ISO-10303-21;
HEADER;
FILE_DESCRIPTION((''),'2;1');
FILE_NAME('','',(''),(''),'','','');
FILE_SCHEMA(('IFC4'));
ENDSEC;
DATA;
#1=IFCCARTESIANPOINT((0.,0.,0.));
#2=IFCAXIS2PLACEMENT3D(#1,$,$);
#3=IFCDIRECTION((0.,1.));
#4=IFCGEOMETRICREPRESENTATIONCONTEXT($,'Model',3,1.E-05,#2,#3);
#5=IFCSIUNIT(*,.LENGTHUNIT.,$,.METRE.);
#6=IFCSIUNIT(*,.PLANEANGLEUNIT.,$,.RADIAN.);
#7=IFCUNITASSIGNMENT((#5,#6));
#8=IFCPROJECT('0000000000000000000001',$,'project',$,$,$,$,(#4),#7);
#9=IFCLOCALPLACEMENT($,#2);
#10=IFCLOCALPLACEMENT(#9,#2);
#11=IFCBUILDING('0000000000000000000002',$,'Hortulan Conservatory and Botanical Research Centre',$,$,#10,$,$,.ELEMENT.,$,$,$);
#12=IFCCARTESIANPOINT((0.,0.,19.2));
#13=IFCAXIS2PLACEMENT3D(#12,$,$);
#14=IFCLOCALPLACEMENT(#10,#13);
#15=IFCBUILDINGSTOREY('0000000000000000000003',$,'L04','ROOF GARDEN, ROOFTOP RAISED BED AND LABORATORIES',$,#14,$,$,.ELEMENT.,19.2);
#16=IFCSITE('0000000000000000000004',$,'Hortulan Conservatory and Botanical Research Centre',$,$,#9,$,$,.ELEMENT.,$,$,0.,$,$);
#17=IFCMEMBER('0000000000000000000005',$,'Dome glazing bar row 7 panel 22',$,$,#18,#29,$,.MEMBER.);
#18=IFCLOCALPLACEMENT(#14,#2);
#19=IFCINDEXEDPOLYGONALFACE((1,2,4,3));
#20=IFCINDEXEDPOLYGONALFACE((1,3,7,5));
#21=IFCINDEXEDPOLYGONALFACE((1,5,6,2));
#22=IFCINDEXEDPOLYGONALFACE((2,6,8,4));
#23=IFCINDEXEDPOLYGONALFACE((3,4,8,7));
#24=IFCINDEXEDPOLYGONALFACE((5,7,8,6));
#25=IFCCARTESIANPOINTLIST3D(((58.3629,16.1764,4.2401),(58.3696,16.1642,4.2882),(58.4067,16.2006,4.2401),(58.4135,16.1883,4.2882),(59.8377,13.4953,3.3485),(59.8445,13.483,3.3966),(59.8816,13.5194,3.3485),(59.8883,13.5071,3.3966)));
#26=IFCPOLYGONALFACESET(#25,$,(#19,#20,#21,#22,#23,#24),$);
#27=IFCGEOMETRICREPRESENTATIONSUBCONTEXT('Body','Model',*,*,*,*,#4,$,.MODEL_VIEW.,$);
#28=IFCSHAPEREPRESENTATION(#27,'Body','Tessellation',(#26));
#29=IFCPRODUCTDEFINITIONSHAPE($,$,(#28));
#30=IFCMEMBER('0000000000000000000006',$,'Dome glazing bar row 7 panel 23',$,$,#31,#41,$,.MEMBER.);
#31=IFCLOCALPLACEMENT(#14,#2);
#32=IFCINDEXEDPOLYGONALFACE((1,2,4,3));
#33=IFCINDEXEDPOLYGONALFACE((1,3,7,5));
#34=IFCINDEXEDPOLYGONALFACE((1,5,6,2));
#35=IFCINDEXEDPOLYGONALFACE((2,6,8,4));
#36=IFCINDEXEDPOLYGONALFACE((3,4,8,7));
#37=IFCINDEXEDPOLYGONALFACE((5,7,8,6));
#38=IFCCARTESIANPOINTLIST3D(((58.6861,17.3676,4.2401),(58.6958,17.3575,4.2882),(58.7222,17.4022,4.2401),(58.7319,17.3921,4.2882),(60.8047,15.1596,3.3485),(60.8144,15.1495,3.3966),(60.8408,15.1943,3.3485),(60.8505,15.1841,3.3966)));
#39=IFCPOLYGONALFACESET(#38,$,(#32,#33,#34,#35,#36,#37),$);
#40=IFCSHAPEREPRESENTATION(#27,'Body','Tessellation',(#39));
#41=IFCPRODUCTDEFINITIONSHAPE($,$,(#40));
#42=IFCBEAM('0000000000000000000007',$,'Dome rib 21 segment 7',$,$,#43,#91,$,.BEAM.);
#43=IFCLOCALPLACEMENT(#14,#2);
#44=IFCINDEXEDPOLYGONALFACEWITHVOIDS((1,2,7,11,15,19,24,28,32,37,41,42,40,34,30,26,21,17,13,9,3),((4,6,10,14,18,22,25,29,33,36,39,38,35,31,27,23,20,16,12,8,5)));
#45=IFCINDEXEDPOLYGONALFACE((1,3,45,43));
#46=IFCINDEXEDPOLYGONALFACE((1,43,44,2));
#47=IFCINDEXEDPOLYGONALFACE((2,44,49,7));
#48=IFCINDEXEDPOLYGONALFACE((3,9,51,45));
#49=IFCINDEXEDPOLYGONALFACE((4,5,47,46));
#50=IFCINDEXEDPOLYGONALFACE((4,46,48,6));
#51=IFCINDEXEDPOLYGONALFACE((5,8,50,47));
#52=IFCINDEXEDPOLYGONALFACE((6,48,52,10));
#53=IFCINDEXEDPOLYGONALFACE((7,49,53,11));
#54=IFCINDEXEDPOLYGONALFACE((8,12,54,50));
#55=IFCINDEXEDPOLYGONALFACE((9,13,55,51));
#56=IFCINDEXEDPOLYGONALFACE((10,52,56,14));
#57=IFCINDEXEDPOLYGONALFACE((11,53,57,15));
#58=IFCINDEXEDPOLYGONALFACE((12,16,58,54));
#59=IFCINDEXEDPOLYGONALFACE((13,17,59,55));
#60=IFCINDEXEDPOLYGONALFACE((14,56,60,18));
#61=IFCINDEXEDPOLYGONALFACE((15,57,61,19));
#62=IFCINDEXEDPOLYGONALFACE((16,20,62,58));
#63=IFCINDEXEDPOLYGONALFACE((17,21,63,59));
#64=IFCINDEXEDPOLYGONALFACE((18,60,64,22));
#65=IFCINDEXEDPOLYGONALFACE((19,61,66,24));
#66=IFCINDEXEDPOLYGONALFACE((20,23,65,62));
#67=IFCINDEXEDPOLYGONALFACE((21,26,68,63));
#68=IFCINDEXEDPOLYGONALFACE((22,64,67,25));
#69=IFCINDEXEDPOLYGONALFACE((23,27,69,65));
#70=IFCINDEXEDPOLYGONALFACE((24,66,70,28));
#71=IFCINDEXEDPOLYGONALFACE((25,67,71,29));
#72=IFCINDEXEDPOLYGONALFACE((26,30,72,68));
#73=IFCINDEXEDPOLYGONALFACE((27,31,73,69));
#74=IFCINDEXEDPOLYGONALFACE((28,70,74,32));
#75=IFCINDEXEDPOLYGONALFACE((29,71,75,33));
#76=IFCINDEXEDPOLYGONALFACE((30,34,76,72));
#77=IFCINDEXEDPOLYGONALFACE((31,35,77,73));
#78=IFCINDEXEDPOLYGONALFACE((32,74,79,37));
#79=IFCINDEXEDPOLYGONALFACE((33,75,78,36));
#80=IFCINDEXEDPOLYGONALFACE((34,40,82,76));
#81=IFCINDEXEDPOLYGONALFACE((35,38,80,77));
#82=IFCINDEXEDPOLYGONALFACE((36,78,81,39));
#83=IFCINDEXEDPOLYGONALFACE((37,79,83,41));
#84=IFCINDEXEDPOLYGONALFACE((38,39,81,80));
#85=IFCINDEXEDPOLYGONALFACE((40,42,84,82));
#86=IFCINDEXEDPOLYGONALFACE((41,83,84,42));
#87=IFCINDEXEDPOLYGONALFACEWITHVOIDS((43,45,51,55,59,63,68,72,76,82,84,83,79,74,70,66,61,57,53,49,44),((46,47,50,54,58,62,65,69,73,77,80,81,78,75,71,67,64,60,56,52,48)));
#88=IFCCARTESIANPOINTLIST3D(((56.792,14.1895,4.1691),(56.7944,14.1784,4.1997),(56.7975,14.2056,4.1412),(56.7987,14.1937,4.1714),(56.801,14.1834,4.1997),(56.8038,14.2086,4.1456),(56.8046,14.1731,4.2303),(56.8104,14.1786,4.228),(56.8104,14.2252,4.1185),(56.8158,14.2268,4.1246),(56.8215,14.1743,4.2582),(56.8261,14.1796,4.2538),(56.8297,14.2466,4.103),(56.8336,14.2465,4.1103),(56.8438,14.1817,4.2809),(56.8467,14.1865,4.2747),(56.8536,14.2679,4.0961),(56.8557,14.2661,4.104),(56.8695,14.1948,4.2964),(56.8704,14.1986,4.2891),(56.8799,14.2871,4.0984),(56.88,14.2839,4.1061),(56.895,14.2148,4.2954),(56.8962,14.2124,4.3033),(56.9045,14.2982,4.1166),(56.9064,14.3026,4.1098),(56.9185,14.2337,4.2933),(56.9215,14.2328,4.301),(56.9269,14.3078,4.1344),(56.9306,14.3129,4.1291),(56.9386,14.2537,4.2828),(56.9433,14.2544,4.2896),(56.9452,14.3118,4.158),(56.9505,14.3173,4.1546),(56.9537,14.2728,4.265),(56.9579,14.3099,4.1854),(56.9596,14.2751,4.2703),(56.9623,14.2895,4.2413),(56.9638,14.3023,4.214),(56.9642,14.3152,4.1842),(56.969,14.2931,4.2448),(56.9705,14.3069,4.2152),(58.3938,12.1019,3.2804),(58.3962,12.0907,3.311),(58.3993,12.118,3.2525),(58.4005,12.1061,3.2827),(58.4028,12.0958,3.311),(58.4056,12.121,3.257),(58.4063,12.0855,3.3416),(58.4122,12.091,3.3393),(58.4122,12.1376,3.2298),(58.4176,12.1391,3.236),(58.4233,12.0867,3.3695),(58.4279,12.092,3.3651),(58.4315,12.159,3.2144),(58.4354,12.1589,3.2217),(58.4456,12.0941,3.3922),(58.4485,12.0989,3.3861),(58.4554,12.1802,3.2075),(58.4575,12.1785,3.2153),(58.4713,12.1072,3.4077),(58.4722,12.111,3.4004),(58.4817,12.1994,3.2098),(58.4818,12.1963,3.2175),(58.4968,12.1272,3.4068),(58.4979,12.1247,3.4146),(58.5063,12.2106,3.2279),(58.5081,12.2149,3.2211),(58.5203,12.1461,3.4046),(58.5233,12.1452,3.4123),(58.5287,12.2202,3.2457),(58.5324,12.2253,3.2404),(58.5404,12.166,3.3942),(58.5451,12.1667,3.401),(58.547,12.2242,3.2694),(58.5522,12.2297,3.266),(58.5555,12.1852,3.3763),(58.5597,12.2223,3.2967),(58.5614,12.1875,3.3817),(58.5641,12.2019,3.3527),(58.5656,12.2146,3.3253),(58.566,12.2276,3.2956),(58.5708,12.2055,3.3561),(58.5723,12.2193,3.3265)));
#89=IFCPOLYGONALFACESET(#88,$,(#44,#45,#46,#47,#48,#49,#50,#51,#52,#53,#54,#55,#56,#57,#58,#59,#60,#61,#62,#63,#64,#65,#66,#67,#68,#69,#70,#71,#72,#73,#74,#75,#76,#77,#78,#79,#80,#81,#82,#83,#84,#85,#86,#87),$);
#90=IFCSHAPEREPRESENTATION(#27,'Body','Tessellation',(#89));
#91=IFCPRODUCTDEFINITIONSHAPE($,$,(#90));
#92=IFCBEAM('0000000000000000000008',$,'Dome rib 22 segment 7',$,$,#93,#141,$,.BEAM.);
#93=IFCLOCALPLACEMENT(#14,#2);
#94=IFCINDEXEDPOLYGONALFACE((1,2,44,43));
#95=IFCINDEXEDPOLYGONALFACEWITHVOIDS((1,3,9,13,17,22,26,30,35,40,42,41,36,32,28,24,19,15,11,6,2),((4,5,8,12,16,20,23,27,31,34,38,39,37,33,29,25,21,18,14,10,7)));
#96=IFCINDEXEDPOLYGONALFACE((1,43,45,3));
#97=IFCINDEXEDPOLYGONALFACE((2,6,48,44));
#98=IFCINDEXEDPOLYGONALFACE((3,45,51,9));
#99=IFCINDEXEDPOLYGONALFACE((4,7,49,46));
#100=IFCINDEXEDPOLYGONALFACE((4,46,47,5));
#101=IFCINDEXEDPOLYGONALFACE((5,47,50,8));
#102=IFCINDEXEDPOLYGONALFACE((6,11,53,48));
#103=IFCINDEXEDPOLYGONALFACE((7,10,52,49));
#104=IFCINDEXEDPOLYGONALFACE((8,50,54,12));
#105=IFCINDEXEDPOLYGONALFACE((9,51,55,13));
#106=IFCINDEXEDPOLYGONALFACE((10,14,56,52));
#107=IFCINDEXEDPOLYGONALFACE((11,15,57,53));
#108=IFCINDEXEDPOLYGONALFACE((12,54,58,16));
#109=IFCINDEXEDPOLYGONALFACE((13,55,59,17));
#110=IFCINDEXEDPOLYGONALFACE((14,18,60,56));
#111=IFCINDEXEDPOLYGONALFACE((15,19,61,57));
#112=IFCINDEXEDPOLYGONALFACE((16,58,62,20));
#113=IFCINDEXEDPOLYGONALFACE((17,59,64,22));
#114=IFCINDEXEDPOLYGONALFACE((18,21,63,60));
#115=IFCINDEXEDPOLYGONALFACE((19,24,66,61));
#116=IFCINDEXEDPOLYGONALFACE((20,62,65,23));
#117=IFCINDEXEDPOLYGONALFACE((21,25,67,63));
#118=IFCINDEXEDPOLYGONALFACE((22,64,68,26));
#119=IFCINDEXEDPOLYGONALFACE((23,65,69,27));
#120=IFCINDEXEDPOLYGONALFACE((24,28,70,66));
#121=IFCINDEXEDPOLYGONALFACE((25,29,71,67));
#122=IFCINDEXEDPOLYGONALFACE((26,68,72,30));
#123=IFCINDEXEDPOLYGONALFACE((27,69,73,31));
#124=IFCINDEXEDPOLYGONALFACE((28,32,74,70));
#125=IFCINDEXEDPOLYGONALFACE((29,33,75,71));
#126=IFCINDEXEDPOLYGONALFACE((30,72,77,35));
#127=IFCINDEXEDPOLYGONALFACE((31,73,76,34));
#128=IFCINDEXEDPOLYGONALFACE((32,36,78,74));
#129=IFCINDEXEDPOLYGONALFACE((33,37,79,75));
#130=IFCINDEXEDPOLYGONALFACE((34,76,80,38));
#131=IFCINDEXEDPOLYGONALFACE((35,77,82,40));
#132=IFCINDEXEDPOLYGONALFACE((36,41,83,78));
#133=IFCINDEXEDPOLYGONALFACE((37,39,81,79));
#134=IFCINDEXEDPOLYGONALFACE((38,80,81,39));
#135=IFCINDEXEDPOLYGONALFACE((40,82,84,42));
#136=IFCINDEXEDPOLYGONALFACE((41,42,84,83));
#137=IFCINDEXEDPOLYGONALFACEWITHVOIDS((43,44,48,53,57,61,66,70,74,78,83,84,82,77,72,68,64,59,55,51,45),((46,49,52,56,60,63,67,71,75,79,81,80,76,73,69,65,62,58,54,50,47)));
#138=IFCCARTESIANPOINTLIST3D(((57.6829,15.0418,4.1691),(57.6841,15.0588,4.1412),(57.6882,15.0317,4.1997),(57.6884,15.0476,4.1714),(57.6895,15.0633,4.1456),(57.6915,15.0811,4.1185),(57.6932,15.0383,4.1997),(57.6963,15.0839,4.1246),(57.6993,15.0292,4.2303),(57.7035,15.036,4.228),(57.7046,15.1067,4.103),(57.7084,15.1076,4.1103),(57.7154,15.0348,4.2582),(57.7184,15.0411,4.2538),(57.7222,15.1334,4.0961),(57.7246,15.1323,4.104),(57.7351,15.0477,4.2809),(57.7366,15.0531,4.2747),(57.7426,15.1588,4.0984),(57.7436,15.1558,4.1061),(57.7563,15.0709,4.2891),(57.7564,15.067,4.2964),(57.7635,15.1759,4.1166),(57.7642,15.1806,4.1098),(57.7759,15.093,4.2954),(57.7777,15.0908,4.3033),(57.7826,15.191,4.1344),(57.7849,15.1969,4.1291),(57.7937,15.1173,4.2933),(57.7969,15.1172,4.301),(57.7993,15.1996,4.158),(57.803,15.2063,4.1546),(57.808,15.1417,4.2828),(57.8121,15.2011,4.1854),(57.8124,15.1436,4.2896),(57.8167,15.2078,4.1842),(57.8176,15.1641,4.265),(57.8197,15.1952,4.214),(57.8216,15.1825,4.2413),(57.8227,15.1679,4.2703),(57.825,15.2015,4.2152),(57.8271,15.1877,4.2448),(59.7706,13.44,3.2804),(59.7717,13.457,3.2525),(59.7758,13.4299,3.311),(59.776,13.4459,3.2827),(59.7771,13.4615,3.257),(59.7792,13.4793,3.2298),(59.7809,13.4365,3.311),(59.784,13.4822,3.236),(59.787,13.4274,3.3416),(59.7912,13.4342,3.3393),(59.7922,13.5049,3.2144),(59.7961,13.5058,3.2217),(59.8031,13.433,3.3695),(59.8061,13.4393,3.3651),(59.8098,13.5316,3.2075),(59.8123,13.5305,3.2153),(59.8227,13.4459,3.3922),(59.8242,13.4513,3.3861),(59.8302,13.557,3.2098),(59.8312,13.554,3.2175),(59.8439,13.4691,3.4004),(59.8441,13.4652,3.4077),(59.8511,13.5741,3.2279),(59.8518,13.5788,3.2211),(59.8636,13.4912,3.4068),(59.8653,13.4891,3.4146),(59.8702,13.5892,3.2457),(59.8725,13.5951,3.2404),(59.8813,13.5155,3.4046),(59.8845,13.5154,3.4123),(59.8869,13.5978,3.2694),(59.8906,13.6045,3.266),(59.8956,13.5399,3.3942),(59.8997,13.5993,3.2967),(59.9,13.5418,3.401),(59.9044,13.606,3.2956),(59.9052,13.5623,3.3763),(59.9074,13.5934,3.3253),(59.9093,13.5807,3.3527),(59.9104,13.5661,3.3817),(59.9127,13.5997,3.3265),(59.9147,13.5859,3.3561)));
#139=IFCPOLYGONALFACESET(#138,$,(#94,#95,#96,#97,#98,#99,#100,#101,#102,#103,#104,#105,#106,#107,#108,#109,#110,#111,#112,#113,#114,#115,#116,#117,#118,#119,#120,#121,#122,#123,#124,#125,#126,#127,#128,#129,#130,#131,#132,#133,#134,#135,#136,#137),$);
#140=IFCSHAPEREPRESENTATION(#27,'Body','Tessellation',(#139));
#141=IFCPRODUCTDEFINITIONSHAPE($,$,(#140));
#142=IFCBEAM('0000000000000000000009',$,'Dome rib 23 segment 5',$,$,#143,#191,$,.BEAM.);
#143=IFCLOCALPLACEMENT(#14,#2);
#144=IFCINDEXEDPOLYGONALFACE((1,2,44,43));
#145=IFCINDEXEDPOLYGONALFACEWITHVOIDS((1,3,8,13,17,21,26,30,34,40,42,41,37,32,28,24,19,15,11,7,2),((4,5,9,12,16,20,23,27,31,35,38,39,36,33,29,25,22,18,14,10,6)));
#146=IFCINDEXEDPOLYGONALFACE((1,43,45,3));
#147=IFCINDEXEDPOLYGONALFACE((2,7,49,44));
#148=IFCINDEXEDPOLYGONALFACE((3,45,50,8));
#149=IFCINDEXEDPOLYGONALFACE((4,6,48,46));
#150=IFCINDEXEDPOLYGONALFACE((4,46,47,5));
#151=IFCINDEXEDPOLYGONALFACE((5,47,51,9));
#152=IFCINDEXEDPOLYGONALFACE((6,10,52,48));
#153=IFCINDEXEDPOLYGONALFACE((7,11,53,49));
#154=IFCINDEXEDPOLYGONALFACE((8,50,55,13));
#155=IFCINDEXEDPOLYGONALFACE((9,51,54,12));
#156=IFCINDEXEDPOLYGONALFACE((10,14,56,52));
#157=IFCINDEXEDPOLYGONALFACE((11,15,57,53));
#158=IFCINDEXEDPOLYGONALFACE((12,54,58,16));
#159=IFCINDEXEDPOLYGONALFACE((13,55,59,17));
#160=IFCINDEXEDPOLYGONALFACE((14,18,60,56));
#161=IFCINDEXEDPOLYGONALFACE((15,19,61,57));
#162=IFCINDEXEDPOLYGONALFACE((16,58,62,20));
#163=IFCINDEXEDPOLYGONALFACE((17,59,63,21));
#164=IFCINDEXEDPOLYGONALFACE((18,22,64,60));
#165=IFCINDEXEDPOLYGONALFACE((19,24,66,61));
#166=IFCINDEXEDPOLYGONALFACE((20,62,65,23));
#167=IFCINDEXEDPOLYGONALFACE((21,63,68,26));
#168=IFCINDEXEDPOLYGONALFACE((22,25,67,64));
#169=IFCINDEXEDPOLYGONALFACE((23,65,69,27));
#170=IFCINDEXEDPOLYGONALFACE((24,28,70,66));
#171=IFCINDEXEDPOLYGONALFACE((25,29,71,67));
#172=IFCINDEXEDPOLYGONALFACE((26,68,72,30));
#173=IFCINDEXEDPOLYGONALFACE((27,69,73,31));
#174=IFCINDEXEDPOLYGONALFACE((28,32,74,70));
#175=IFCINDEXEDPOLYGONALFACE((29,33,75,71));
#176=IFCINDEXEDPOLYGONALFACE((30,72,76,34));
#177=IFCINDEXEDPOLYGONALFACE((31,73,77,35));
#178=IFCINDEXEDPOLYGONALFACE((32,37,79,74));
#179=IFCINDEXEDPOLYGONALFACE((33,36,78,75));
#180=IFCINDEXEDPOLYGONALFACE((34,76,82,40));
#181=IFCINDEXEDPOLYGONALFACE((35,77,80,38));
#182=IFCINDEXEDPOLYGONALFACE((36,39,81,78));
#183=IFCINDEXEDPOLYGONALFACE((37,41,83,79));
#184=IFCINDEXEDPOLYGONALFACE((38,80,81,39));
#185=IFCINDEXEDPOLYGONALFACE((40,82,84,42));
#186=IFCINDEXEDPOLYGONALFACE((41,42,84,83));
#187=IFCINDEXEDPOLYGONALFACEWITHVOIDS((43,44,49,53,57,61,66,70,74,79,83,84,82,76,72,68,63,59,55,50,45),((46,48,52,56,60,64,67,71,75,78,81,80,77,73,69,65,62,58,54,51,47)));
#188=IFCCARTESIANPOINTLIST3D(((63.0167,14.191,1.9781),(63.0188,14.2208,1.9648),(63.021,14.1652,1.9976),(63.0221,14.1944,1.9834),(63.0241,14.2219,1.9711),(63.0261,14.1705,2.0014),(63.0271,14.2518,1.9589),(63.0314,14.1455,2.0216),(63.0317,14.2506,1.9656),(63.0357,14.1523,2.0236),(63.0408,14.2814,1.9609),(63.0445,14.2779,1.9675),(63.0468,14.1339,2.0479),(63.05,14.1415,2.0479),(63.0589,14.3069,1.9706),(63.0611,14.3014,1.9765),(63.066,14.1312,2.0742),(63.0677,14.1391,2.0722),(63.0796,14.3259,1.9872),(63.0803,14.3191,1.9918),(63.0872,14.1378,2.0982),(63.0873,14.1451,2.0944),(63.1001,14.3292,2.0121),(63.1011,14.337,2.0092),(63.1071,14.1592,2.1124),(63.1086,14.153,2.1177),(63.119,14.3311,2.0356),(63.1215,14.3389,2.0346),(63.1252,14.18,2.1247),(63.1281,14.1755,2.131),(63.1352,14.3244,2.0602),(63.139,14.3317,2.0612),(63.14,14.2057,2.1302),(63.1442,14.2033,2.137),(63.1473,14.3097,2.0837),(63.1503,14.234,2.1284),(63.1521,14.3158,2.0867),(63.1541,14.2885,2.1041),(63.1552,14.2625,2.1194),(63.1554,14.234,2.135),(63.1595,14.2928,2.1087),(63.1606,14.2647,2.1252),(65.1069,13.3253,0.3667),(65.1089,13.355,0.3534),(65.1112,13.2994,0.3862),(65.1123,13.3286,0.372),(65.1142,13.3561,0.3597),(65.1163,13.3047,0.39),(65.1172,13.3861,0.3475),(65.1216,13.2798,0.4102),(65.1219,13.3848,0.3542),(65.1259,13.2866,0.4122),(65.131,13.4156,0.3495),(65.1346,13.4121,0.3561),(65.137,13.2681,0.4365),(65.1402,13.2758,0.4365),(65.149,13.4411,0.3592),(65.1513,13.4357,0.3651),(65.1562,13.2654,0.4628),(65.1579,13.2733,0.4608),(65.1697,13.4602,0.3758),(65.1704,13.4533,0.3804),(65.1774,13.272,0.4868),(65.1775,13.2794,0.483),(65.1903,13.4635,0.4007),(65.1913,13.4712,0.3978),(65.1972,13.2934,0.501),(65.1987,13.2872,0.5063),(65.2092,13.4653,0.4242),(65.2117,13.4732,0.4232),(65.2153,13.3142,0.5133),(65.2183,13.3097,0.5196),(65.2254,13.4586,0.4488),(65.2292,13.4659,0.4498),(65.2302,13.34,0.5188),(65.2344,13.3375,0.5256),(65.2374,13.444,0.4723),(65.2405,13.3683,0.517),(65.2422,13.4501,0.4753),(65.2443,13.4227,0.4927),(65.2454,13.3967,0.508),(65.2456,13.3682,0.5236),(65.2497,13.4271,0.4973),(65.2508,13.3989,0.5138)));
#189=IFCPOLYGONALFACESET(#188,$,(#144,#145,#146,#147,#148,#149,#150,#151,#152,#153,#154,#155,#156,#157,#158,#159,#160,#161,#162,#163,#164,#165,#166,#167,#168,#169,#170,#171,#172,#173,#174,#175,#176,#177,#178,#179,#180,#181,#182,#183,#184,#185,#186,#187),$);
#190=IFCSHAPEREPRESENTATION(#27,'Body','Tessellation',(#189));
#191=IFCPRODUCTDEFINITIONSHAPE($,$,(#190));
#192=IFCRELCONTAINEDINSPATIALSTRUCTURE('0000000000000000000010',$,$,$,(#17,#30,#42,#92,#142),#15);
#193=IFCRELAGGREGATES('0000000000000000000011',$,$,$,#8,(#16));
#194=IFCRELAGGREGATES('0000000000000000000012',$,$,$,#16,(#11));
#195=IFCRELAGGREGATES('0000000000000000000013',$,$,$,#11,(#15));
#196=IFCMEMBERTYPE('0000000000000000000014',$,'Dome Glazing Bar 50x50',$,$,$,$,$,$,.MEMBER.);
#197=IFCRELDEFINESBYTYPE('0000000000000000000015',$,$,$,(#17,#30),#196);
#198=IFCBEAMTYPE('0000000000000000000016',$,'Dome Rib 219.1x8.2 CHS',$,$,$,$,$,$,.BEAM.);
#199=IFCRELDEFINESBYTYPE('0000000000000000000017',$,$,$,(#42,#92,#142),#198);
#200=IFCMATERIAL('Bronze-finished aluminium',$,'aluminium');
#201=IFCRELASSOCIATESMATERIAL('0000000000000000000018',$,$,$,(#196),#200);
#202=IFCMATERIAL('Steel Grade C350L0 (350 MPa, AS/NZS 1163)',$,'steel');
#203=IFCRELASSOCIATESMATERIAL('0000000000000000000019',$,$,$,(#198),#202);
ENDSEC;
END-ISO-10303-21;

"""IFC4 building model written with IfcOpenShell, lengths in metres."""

from ifc_helpers import new_model, si_unit, direction, frame, origin, origin_2d, place, context, subcontext, project, spatial, rectangle, hollow_circle, extrude, material, material_profile, profile_set, type_object, element, save


model = new_model("IFC4")

# Units and contexts
model_context = context("Model", 3, precision=1e-05, world=origin(), true_north=direction((0.0, 1.0)))
body_context = subcontext(model_context, "Body", "Model", "MODEL_VIEW")
ifc_project = project(units=[si_unit("LENGTHUNIT", "METRE"), si_unit("PLANEANGLEUNIT", "RADIAN")], contexts=[model_context])

# Site, building, storey
site_placement = place(None, origin())
site = spatial("IfcSite", under=ifc_project, at=site_placement, Name="Hortulan Conservatory and Botanical Research Centre", CompositionType="ELEMENT", RefElevation=0.0)
building_placement = place(site_placement, origin())
building = spatial("IfcBuilding", under=site, at=building_placement, Name="Hortulan Conservatory and Botanical Research Centre", CompositionType="ELEMENT")
storey_placement = place(building_placement, frame((0.0, 0.0, 19.2)))
storey = spatial("IfcBuildingStorey", under=building, at=storey_placement, Name="L04", Description="ROOF GARDEN, ROOFTOP RAISED BED AND LABORATORIES", CompositionType="ELEMENT", Elevation=19.2)

# Members
ifc_material_1 = material(Name="Bronze-finished aluminium", Category="aluminium")
ifc_material_profile_1 = material_profile(ifc_material_1, rectangle(XDim=0.05, YDim=0.05, at=origin_2d()), Name="Square bar 50x50")
ifc_profile_set_1 = profile_set([ifc_material_profile_1], Name="Bronze-finished aluminium")
member_type_1 = type_object("IfcMemberType", Name="Dome Glazing Bar 50x50", PredefinedType="MEMBER", material=ifc_profile_set_1)
for number, where, z_axis, x_axis, name in (
    (1, (59.863, 13.5012, 3.3726), (-0.462732, 0.841205, 0.279738), (-0.876186, -0.481974, 0.0), "Dome glazing bar row 7 panel 22"),
    (2, (60.8276, 15.1719, 3.3726), (-0.664715, 0.69275, 0.279735), (-0.721556, -0.692356, 0.0), "Dome glazing bar row 7 panel 23"),
):
    element("IfcMember", number, at=place(storey_placement, frame(where, z_axis=z_axis, x_axis=x_axis)), inside=storey, type_object=member_type_1, Name=name, PredefinedType="MEMBER", context=body_context, shape_type="SweptSolid", body=[
        extrude(rectangle(XDim=0.05, YDim=0.05, at=origin_2d()), origin(), (0.0, 0.0, 1.0), 3.1873),
    ])

# Beams
ifc_material_2 = material(Name="Steel Grade C350L0 (350 MPa, AS/NZS 1163)", Category="steel")
ifc_material_profile_2 = material_profile(ifc_material_2, hollow_circle(Radius=0.1096, WallThickness=0.0083, at=origin_2d()), Name="219.1x8.2CHS")
ifc_profile_set_2 = profile_set([ifc_material_profile_2], Name="Steel Grade C350L0 (350 MPa, AS/NZS 1163)")
beam_type = type_object("IfcBeamType", Name="Dome Rib 219.1x8.2 CHS", PredefinedType="BEAM", material=ifc_profile_set_2)
for number, where, z_axis, x_axis, name in (
    (3, (58.4832, 12.1575, 3.311), (-0.576735, 0.751663, 0.319969), (-0.793372, -0.608737, 0.0), "Dome rib 21 segment 7"),
    (4, (59.8425, 13.5168, 3.311), (-0.751663, 0.576735, 0.319969), (-0.608737, -0.793372, 0.0), "Dome rib 22 segment 7"),
):
    element("IfcBeam", number, at=place(storey_placement, frame(where, z_axis=z_axis, x_axis=x_axis)), inside=storey, type_object=beam_type, Name=name, PredefinedType="BEAM", context=body_context, shape_type="SweptSolid", body=[
        extrude(hollow_circle(Radius=0.1096, WallThickness=0.0083, at=origin_2d()), origin(), (0.0, 0.0, 1.0), 2.7773),
    ])
beam_1_placement = place(storey_placement, frame((65.179, 13.3694, 0.4365), z_axis=(-0.752516, 0.311695, 0.580143), x_axis=(-0.382676, -0.923883, 0.0)))
element("IfcBeam", 5, at=beam_1_placement, inside=storey, type_object=beam_type, Name="Dome rib 23 segment 5", PredefinedType="BEAM", context=body_context, shape_type="SweptSolid", body=[
    extrude(hollow_circle(Radius=0.1096, WallThickness=0.0083, at=origin_2d()), origin(), (0.0, 0.0, 1.0), 2.7776),
])

save(model, "model.ifc")
